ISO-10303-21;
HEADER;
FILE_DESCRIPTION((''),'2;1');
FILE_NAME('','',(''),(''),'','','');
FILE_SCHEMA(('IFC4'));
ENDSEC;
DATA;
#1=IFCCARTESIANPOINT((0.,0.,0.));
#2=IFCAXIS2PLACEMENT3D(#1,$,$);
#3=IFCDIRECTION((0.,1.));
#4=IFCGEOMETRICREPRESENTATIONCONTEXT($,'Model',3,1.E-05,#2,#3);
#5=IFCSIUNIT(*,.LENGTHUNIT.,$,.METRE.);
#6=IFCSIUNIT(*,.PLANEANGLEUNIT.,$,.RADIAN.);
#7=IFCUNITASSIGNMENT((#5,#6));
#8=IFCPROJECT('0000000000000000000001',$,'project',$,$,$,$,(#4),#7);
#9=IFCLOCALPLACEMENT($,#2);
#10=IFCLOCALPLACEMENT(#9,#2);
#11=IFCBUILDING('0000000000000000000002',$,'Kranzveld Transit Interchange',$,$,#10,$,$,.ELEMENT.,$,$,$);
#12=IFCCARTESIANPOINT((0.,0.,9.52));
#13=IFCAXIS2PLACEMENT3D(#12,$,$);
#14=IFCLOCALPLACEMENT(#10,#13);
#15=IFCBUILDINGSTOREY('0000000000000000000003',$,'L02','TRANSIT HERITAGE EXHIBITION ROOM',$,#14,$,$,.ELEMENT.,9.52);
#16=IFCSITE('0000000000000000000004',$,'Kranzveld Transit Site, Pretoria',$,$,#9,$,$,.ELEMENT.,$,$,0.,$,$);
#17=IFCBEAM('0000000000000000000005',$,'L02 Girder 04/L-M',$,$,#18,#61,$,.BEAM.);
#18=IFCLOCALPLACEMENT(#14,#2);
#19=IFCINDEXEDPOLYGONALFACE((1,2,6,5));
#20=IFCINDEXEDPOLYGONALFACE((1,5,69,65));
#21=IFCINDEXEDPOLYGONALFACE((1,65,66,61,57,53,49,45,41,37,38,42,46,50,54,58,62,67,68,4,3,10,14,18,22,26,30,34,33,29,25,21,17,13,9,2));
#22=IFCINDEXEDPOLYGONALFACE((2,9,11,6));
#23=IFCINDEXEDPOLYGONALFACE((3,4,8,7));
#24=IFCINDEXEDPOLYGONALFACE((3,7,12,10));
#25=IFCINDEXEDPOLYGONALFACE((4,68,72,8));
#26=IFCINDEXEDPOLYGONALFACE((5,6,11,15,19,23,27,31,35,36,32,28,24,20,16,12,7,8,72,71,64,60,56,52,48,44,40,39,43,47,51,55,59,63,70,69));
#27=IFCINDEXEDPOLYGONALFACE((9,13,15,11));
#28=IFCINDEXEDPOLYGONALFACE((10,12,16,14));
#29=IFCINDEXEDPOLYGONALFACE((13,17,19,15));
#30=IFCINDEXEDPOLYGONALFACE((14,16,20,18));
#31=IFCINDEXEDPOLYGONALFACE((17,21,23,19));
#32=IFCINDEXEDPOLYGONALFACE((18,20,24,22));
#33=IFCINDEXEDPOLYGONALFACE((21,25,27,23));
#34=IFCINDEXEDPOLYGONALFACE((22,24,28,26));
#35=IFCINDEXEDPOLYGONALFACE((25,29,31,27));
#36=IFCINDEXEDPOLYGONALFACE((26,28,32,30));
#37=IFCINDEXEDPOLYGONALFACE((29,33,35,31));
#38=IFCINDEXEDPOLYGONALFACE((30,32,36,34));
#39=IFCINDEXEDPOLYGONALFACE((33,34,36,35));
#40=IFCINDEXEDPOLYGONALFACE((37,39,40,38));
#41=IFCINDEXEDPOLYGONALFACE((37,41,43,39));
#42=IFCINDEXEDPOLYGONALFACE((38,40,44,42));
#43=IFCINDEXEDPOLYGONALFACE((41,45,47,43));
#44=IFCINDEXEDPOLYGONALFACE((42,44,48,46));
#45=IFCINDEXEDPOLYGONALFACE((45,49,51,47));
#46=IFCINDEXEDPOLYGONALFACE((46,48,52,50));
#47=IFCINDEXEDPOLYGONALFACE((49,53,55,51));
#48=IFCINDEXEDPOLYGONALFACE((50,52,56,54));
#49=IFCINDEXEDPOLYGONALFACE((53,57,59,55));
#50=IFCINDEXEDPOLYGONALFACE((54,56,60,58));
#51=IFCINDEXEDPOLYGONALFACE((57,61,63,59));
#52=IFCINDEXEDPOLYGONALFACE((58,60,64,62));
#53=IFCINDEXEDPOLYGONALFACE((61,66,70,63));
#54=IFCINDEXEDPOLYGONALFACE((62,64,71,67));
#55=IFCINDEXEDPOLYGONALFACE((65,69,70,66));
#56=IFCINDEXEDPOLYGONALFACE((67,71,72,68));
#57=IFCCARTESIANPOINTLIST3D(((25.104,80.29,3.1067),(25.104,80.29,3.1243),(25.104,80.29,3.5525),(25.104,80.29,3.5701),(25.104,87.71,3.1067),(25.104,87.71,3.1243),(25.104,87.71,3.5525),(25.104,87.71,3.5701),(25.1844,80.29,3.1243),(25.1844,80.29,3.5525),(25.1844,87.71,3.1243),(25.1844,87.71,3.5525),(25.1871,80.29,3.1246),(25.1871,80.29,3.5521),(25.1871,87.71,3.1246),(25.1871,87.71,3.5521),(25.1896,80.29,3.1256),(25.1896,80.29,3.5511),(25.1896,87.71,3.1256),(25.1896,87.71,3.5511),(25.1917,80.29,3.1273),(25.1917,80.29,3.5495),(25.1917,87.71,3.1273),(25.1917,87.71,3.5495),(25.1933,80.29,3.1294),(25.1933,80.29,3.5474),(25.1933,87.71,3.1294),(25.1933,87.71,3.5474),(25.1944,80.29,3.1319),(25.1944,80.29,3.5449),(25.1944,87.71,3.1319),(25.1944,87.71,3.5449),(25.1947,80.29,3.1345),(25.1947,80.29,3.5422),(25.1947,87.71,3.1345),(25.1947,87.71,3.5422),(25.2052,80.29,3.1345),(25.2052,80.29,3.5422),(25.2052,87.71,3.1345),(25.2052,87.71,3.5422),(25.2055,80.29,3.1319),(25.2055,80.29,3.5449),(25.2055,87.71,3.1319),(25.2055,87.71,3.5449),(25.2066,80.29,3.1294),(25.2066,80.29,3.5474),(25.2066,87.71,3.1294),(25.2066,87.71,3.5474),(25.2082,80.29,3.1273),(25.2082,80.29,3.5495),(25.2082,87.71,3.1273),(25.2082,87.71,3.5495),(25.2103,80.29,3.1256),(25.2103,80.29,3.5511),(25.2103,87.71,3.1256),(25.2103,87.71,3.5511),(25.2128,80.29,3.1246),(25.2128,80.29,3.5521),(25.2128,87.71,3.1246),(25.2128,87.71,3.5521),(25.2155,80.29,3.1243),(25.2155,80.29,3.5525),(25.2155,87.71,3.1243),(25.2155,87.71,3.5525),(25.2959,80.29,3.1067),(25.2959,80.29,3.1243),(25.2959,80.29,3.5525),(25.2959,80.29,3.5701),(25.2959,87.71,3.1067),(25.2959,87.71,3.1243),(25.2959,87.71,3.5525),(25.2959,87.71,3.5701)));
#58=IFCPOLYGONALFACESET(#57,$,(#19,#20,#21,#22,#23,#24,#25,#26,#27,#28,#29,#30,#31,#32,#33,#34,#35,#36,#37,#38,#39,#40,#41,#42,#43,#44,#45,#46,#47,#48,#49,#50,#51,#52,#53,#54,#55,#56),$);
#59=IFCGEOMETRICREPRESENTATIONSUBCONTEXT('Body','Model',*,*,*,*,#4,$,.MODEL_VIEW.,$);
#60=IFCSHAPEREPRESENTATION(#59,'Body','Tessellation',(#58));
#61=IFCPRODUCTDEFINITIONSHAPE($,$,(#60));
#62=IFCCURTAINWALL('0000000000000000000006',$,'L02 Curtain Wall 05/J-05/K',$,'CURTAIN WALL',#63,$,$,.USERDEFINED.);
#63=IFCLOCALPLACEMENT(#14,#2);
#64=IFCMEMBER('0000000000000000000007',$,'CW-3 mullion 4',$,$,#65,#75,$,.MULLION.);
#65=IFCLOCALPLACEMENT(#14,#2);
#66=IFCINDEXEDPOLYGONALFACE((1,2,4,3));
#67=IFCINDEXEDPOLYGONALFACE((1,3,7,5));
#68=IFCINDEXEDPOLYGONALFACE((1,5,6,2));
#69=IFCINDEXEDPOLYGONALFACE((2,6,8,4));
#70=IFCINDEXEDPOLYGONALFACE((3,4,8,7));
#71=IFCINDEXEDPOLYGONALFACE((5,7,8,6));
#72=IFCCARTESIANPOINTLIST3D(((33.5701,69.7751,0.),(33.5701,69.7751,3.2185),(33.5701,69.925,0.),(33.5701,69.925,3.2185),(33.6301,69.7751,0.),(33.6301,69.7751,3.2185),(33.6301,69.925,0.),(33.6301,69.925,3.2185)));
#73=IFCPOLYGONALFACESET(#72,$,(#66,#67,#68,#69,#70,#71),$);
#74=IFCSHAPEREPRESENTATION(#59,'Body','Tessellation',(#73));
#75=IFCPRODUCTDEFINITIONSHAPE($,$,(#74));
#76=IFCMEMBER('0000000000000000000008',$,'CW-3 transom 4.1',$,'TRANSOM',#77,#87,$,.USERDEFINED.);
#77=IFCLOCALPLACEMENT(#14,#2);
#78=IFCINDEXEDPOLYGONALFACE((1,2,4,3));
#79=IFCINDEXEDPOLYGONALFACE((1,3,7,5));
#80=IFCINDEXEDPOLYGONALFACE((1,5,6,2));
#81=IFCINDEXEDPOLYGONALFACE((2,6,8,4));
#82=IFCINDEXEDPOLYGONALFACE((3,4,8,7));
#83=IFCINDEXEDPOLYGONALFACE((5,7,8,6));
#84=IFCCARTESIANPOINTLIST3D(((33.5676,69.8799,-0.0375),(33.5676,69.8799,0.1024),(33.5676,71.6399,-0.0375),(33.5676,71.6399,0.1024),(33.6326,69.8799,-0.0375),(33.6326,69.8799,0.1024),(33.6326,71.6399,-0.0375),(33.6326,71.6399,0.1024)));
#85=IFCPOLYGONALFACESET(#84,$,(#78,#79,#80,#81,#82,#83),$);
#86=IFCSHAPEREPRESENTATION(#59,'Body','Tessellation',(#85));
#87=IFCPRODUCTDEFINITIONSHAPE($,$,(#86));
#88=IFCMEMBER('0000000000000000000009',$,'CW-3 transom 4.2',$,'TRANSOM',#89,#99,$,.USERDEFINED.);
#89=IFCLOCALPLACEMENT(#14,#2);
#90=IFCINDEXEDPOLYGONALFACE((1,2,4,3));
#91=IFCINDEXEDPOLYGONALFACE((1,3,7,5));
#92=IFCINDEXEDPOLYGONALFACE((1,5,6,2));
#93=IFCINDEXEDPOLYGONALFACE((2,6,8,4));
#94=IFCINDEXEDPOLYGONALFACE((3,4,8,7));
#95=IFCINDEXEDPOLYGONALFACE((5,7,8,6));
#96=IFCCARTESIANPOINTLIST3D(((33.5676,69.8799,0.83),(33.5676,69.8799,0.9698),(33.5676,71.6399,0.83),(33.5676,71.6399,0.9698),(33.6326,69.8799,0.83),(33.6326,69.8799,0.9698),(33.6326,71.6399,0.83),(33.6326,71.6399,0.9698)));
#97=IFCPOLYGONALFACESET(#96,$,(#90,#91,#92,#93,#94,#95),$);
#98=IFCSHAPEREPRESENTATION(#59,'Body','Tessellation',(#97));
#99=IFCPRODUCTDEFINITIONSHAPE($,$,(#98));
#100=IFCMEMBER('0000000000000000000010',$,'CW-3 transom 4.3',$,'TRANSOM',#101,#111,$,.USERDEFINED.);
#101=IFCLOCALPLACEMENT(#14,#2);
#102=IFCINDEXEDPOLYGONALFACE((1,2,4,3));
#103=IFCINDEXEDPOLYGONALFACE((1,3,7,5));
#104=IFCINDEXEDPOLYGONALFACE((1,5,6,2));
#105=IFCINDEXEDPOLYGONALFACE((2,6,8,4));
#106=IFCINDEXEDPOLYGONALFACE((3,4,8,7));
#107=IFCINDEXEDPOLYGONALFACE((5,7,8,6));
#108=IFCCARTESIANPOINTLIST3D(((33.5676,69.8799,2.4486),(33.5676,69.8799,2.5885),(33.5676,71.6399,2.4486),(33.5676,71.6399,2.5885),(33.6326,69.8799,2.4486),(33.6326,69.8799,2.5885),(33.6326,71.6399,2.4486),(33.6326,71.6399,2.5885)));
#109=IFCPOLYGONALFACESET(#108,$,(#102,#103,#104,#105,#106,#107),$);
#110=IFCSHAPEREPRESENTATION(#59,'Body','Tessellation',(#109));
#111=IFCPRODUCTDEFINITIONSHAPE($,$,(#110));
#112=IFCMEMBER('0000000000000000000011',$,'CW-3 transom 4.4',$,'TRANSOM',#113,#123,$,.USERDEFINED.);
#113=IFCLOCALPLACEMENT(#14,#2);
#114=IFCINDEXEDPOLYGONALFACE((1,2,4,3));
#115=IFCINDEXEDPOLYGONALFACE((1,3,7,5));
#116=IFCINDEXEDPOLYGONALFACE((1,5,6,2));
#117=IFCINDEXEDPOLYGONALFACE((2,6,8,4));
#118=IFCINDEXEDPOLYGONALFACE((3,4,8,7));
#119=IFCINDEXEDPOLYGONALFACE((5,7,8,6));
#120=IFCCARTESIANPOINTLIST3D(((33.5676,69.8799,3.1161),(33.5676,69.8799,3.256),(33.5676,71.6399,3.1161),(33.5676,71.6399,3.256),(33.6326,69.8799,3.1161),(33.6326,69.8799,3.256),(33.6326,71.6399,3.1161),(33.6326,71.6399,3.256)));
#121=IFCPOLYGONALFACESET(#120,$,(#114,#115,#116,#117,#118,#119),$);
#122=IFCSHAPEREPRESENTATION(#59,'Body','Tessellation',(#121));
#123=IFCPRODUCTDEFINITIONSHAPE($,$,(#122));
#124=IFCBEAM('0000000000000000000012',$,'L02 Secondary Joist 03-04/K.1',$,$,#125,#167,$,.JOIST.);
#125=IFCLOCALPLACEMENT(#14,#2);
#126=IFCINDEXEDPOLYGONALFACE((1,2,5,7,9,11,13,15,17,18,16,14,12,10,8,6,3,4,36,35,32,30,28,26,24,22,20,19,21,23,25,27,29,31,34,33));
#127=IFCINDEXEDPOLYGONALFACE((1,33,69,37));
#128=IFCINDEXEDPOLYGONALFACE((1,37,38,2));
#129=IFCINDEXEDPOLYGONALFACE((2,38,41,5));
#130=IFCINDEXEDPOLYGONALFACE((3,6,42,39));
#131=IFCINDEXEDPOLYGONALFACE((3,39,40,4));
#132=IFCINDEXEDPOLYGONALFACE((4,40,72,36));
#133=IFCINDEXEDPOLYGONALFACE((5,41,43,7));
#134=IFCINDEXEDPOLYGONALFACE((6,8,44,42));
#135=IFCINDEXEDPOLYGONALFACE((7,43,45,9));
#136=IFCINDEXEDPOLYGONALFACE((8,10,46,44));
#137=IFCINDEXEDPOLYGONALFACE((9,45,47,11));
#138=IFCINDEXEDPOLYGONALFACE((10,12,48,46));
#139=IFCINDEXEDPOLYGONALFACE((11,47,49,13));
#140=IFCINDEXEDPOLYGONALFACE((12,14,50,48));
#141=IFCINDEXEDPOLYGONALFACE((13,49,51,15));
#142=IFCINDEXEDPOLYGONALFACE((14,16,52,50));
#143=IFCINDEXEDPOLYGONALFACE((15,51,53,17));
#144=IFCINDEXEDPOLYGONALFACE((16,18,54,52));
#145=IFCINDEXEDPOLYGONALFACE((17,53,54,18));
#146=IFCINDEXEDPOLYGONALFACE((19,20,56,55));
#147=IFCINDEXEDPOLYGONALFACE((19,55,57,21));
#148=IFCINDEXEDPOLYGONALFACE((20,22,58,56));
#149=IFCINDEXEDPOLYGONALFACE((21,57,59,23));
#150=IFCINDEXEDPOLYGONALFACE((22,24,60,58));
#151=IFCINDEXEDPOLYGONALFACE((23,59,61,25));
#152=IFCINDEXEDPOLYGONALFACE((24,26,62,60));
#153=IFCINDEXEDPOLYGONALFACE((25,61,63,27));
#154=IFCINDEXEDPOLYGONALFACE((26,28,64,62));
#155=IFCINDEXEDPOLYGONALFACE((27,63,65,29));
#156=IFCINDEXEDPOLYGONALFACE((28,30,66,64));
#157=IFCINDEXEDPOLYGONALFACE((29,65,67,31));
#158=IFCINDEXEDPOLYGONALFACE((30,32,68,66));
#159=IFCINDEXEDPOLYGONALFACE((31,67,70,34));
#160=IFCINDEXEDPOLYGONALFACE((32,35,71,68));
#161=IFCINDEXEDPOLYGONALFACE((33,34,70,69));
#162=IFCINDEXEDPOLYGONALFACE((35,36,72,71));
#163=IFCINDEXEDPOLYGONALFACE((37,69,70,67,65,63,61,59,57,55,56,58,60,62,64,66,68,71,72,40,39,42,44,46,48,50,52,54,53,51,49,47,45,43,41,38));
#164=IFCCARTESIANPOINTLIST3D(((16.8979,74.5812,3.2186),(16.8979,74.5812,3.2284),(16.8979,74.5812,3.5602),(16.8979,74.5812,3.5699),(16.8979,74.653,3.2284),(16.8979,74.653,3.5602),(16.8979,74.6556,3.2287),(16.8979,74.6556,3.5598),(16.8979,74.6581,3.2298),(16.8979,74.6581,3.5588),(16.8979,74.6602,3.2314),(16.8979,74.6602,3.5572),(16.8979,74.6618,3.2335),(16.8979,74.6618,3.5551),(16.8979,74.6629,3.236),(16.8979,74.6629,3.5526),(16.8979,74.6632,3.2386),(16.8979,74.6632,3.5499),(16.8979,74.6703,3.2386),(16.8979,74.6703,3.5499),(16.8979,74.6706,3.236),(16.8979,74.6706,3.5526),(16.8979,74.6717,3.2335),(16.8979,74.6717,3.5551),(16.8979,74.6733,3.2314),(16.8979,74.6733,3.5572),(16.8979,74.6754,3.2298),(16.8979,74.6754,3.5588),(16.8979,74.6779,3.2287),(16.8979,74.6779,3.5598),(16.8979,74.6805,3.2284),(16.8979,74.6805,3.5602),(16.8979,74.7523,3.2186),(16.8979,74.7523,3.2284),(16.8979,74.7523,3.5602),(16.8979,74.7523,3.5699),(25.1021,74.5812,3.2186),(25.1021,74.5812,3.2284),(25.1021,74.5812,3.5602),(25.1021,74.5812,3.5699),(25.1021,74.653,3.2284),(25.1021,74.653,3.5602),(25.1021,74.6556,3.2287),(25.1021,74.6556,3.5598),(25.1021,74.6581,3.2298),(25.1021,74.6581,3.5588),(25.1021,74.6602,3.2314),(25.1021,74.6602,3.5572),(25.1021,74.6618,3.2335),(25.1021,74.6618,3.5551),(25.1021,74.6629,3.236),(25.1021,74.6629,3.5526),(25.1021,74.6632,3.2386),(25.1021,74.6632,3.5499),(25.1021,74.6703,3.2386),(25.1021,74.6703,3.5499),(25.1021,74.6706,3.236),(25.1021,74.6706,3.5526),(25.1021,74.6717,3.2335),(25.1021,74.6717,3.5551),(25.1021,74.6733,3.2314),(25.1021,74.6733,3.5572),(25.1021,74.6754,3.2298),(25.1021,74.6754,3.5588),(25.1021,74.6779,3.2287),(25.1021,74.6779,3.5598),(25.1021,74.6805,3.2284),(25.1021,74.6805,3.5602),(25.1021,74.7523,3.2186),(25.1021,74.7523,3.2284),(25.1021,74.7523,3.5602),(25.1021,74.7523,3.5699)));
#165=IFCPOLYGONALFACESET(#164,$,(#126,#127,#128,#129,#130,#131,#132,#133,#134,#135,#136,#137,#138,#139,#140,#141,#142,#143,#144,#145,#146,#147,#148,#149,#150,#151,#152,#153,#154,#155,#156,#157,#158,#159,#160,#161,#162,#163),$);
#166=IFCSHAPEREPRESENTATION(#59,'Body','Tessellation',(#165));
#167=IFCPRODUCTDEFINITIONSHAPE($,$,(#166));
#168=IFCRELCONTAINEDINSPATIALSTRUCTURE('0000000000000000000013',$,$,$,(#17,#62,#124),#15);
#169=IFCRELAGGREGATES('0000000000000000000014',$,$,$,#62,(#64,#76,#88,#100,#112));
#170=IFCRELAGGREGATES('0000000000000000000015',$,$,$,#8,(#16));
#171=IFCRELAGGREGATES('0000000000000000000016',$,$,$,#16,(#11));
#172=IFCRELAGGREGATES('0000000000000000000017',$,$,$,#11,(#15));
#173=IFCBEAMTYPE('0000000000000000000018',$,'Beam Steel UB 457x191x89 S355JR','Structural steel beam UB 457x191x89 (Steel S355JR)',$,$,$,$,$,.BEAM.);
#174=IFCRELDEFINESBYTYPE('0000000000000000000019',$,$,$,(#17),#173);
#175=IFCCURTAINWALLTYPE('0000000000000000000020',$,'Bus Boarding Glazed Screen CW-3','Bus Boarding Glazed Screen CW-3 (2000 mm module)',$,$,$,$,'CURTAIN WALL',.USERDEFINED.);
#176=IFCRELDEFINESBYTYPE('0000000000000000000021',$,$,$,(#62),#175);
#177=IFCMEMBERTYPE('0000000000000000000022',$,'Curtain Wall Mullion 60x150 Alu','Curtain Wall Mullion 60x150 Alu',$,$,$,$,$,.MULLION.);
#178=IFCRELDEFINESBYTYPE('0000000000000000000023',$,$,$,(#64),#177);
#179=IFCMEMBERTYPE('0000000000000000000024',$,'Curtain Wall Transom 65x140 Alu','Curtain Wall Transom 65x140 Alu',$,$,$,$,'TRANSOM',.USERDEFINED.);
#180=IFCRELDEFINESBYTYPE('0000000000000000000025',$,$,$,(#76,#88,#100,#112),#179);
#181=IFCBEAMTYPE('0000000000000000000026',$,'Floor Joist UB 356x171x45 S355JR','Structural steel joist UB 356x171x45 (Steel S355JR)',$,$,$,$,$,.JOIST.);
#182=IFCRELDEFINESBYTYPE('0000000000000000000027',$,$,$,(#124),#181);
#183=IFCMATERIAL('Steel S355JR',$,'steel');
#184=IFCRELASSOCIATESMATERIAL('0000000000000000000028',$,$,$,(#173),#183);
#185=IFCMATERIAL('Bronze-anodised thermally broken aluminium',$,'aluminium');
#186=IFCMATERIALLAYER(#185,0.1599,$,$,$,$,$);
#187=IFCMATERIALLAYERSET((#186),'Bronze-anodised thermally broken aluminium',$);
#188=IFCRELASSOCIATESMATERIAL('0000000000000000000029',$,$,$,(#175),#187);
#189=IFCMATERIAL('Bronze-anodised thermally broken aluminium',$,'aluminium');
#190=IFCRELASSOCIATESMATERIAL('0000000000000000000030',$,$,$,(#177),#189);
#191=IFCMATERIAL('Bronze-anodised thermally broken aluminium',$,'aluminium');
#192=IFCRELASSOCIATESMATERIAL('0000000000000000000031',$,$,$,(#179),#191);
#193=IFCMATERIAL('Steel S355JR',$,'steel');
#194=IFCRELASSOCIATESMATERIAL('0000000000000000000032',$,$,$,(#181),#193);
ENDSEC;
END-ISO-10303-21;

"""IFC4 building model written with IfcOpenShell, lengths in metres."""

from ifc_helpers import new_model, si_unit, direction, frame, origin, origin_2d, place, context, subcontext, project, spatial, rectangle, i_section, extrude, material, layer, layer_set, material_profile, profile_set, type_object, element, aggregate, save


model = new_model("IFC4")

# Units and contexts
model_context = context("Model", 3, precision=1e-05, world=origin(), true_north=direction((0.0, 1.0)))
body_context = subcontext(model_context, "Body", "Model", "MODEL_VIEW")
ifc_project = project(units=[si_unit("LENGTHUNIT", "METRE"), si_unit("PLANEANGLEUNIT", "RADIAN")], contexts=[model_context])

# Site, building, storey
site_placement = place(None, origin())
site = spatial("IfcSite", under=ifc_project, at=site_placement, Name="Kranzveld Transit Site, Pretoria", CompositionType="ELEMENT", RefElevation=0.0)
building_placement = place(site_placement, origin())
building = spatial("IfcBuilding", under=site, at=building_placement, Name="Kranzveld Transit Interchange", CompositionType="ELEMENT")
storey_placement = place(building_placement, frame((0.0, 0.0, 9.52)))
storey = spatial("IfcBuildingStorey", under=building, at=storey_placement, Name="L02", Description="TRANSIT HERITAGE EXHIBITION ROOM", CompositionType="ELEMENT", Elevation=9.52)

# Beam
ifc_material_1 = material(Name="Steel S355JR", Category="steel")
ifc_material_profile_1 = material_profile(ifc_material_1, i_section(OverallWidth=0.1919, OverallDepth=0.4634, WebThickness=0.0105, FlangeThickness=0.0176, FilletRadius=0.0103, at=origin_2d()), Name="UB 457x191x89")
ifc_profile_set_1 = profile_set([ifc_material_profile_1], Name="Steel S355JR")
beam_type_1 = type_object("IfcBeamType", Name="Beam Steel UB 457x191x89 S355JR", Description="Structural steel beam UB 457x191x89 (Steel S355JR)", PredefinedType="BEAM", material=ifc_profile_set_1)
for number, where, z_axis, x_axis, name in (
    (1, (25.2, 80.29, 3.3384), (0.0, 1.0, 0.0), (-1.0, 0.0, 0.0), "L02 Girder 04/L-M"),
):
    element("IfcBeam", number, at=place(storey_placement, frame(where, z_axis=z_axis, x_axis=x_axis)), inside=storey, type_object=beam_type_1, Name=name, PredefinedType="BEAM", context=body_context, shape_type="SweptSolid", body=[
        extrude(i_section(OverallWidth=0.1919, OverallDepth=0.4634, WebThickness=0.0105, FlangeThickness=0.0176, FilletRadius=0.0103, at=origin_2d()), origin(), (0.0, 0.0, 1.0), 7.4199),
    ])

# Curtain wall, members
ifc_material_2 = material(Name="Bronze-anodised thermally broken aluminium", Category="aluminium")
ifc_layer_1 = layer(ifc_material_2, 0.1599)
ifc_layer_set_1 = layer_set([ifc_layer_1], Name="Bronze-anodised thermally broken aluminium")
curtain_wall_type = type_object("IfcCurtainWallType", Name="Bus Boarding Glazed Screen CW-3", Description="Bus Boarding Glazed Screen CW-3 (2000 mm module)", ElementType="CURTAIN WALL", PredefinedType="USERDEFINED", material=ifc_layer_set_1)
curtain_wall_placement = place(storey_placement, origin())
curtain_wall = element("IfcCurtainWall", 2, at=curtain_wall_placement, inside=storey, type_object=curtain_wall_type, Name="L02 Curtain Wall 05/J-05/K", ObjectType="CURTAIN WALL", PredefinedType="USERDEFINED")
ifc_material_3 = material(Name="Bronze-anodised thermally broken aluminium", Category="aluminium")
ifc_material_profile_2 = material_profile(ifc_material_3, rectangle(XDim=0.0601, YDim=0.1499, at=origin_2d()), Name="ALU MULLION 60x150")
ifc_profile_set_2 = profile_set([ifc_material_profile_2], Name="Bronze-anodised thermally broken aluminium")
member_type_1 = type_object("IfcMemberType", Name="Curtain Wall Mullion 60x150 Alu", Description="Curtain Wall Mullion 60x150 Alu", PredefinedType="MULLION", material=ifc_profile_set_2)
member_1_placement = place(storey_placement, frame((33.6001, 69.8501, 0.0), z_axis=(0.0, 0.0, 1.0), x_axis=(-1.0, 0.0, 0.0)))
member_1 = element("IfcMember", 3, at=member_1_placement, type_object=member_type_1, Name="CW-3 mullion 4", PredefinedType="MULLION", context=body_context, shape_type="SweptSolid", body=[
    extrude(rectangle(XDim=0.0601, YDim=0.1499, at=origin_2d()), origin(), (0.0, 0.0, 1.0), 3.2185),
])
ifc_material_4 = material(Name="Bronze-anodised thermally broken aluminium", Category="aluminium")
ifc_material_profile_3 = material_profile(ifc_material_4, rectangle(XDim=0.0649, YDim=0.1399, at=origin_2d()), Name="ALU TRANSOM 65x140")
ifc_profile_set_3 = profile_set([ifc_material_profile_3], Name="Bronze-anodised thermally broken aluminium")
member_type_2 = type_object("IfcMemberType", Name="Curtain Wall Transom 65x140 Alu", Description="Curtain Wall Transom 65x140 Alu", ElementType="TRANSOM", PredefinedType="USERDEFINED", material=ifc_profile_set_3)
member_2_placement = place(storey_placement, frame((33.6001, 69.8799, 0.0325), z_axis=(0.0, 1.0, 0.0), x_axis=(-1.0, 0.0, 0.0)))
member_2 = element("IfcMember", 4, at=member_2_placement, type_object=member_type_2, Name="CW-3 transom 4.1", ObjectType="TRANSOM", PredefinedType="USERDEFINED", context=body_context, shape_type="SweptSolid", body=[
    extrude(rectangle(XDim=0.0649, YDim=0.1399, at=origin_2d()), origin(), (0.0, 0.0, 1.0), 1.76),
])
member_3_placement = place(storey_placement, frame((33.6001, 69.8799, 0.8999), z_axis=(0.0, 1.0, 0.0), x_axis=(-1.0, 0.0, 0.0)))
member_3 = element("IfcMember", 5, at=member_3_placement, type_object=member_type_2, Name="CW-3 transom 4.2", ObjectType="TRANSOM", PredefinedType="USERDEFINED", context=body_context, shape_type="SweptSolid", body=[
    extrude(rectangle(XDim=0.0649, YDim=0.1399, at=origin_2d()), origin(), (0.0, 0.0, 1.0), 1.76),
])
member_4_placement = place(storey_placement, frame((33.6001, 69.8799, 2.5186), z_axis=(0.0, 1.0, 0.0), x_axis=(-1.0, 0.0, 0.0)))
member_4 = element("IfcMember", 6, at=member_4_placement, type_object=member_type_2, Name="CW-3 transom 4.3", ObjectType="TRANSOM", PredefinedType="USERDEFINED", context=body_context, shape_type="SweptSolid", body=[
    extrude(rectangle(XDim=0.0649, YDim=0.1399, at=origin_2d()), origin(), (0.0, 0.0, 1.0), 1.76),
])
member_5_placement = place(storey_placement, frame((33.6001, 69.8799, 3.186), z_axis=(0.0, 1.0, 0.0), x_axis=(-1.0, 0.0, 0.0)))
member_5 = element("IfcMember", 7, at=member_5_placement, type_object=member_type_2, Name="CW-3 transom 4.4", ObjectType="TRANSOM", PredefinedType="USERDEFINED", context=body_context, shape_type="SweptSolid", body=[
    extrude(rectangle(XDim=0.0649, YDim=0.1399, at=origin_2d()), origin(), (0.0, 0.0, 1.0), 1.76),
])

# Beam
ifc_material_5 = material(Name="Steel S355JR", Category="steel")
ifc_material_profile_4 = material_profile(ifc_material_5, i_section(OverallWidth=0.1711, OverallDepth=0.3513, WebThickness=0.0071, FlangeThickness=0.0098, FilletRadius=0.0103, at=origin_2d()), Name="UB 356x171x45")
ifc_profile_set_4 = profile_set([ifc_material_profile_4], Name="Steel S355JR")
beam_type_2 = type_object("IfcBeamType", Name="Floor Joist UB 356x171x45 S355JR", Description="Structural steel joist UB 356x171x45 (Steel S355JR)", PredefinedType="JOIST", material=ifc_profile_set_4)
for number, where, z_axis, x_axis, name in (
    (8, (16.8979, 74.6667, 3.3943), (1.0, 0.0, 0.0), (0.0, 1.0, 0.0), "L02 Secondary Joist 03-04/K.1"),
):
    element("IfcBeam", number, at=place(storey_placement, frame(where, z_axis=z_axis, x_axis=x_axis)), inside=storey, type_object=beam_type_2, Name=name, PredefinedType="JOIST", context=body_context, shape_type="SweptSolid", body=[
        extrude(i_section(OverallWidth=0.1711, OverallDepth=0.3513, WebThickness=0.0071, FlangeThickness=0.0098, FilletRadius=0.0103, at=origin_2d()), origin(), (0.0, 0.0, 1.0), 8.2041),
    ])

aggregate(curtain_wall, [member_1, member_2, member_3, member_4, member_5])

save(model, "model.ifc")
